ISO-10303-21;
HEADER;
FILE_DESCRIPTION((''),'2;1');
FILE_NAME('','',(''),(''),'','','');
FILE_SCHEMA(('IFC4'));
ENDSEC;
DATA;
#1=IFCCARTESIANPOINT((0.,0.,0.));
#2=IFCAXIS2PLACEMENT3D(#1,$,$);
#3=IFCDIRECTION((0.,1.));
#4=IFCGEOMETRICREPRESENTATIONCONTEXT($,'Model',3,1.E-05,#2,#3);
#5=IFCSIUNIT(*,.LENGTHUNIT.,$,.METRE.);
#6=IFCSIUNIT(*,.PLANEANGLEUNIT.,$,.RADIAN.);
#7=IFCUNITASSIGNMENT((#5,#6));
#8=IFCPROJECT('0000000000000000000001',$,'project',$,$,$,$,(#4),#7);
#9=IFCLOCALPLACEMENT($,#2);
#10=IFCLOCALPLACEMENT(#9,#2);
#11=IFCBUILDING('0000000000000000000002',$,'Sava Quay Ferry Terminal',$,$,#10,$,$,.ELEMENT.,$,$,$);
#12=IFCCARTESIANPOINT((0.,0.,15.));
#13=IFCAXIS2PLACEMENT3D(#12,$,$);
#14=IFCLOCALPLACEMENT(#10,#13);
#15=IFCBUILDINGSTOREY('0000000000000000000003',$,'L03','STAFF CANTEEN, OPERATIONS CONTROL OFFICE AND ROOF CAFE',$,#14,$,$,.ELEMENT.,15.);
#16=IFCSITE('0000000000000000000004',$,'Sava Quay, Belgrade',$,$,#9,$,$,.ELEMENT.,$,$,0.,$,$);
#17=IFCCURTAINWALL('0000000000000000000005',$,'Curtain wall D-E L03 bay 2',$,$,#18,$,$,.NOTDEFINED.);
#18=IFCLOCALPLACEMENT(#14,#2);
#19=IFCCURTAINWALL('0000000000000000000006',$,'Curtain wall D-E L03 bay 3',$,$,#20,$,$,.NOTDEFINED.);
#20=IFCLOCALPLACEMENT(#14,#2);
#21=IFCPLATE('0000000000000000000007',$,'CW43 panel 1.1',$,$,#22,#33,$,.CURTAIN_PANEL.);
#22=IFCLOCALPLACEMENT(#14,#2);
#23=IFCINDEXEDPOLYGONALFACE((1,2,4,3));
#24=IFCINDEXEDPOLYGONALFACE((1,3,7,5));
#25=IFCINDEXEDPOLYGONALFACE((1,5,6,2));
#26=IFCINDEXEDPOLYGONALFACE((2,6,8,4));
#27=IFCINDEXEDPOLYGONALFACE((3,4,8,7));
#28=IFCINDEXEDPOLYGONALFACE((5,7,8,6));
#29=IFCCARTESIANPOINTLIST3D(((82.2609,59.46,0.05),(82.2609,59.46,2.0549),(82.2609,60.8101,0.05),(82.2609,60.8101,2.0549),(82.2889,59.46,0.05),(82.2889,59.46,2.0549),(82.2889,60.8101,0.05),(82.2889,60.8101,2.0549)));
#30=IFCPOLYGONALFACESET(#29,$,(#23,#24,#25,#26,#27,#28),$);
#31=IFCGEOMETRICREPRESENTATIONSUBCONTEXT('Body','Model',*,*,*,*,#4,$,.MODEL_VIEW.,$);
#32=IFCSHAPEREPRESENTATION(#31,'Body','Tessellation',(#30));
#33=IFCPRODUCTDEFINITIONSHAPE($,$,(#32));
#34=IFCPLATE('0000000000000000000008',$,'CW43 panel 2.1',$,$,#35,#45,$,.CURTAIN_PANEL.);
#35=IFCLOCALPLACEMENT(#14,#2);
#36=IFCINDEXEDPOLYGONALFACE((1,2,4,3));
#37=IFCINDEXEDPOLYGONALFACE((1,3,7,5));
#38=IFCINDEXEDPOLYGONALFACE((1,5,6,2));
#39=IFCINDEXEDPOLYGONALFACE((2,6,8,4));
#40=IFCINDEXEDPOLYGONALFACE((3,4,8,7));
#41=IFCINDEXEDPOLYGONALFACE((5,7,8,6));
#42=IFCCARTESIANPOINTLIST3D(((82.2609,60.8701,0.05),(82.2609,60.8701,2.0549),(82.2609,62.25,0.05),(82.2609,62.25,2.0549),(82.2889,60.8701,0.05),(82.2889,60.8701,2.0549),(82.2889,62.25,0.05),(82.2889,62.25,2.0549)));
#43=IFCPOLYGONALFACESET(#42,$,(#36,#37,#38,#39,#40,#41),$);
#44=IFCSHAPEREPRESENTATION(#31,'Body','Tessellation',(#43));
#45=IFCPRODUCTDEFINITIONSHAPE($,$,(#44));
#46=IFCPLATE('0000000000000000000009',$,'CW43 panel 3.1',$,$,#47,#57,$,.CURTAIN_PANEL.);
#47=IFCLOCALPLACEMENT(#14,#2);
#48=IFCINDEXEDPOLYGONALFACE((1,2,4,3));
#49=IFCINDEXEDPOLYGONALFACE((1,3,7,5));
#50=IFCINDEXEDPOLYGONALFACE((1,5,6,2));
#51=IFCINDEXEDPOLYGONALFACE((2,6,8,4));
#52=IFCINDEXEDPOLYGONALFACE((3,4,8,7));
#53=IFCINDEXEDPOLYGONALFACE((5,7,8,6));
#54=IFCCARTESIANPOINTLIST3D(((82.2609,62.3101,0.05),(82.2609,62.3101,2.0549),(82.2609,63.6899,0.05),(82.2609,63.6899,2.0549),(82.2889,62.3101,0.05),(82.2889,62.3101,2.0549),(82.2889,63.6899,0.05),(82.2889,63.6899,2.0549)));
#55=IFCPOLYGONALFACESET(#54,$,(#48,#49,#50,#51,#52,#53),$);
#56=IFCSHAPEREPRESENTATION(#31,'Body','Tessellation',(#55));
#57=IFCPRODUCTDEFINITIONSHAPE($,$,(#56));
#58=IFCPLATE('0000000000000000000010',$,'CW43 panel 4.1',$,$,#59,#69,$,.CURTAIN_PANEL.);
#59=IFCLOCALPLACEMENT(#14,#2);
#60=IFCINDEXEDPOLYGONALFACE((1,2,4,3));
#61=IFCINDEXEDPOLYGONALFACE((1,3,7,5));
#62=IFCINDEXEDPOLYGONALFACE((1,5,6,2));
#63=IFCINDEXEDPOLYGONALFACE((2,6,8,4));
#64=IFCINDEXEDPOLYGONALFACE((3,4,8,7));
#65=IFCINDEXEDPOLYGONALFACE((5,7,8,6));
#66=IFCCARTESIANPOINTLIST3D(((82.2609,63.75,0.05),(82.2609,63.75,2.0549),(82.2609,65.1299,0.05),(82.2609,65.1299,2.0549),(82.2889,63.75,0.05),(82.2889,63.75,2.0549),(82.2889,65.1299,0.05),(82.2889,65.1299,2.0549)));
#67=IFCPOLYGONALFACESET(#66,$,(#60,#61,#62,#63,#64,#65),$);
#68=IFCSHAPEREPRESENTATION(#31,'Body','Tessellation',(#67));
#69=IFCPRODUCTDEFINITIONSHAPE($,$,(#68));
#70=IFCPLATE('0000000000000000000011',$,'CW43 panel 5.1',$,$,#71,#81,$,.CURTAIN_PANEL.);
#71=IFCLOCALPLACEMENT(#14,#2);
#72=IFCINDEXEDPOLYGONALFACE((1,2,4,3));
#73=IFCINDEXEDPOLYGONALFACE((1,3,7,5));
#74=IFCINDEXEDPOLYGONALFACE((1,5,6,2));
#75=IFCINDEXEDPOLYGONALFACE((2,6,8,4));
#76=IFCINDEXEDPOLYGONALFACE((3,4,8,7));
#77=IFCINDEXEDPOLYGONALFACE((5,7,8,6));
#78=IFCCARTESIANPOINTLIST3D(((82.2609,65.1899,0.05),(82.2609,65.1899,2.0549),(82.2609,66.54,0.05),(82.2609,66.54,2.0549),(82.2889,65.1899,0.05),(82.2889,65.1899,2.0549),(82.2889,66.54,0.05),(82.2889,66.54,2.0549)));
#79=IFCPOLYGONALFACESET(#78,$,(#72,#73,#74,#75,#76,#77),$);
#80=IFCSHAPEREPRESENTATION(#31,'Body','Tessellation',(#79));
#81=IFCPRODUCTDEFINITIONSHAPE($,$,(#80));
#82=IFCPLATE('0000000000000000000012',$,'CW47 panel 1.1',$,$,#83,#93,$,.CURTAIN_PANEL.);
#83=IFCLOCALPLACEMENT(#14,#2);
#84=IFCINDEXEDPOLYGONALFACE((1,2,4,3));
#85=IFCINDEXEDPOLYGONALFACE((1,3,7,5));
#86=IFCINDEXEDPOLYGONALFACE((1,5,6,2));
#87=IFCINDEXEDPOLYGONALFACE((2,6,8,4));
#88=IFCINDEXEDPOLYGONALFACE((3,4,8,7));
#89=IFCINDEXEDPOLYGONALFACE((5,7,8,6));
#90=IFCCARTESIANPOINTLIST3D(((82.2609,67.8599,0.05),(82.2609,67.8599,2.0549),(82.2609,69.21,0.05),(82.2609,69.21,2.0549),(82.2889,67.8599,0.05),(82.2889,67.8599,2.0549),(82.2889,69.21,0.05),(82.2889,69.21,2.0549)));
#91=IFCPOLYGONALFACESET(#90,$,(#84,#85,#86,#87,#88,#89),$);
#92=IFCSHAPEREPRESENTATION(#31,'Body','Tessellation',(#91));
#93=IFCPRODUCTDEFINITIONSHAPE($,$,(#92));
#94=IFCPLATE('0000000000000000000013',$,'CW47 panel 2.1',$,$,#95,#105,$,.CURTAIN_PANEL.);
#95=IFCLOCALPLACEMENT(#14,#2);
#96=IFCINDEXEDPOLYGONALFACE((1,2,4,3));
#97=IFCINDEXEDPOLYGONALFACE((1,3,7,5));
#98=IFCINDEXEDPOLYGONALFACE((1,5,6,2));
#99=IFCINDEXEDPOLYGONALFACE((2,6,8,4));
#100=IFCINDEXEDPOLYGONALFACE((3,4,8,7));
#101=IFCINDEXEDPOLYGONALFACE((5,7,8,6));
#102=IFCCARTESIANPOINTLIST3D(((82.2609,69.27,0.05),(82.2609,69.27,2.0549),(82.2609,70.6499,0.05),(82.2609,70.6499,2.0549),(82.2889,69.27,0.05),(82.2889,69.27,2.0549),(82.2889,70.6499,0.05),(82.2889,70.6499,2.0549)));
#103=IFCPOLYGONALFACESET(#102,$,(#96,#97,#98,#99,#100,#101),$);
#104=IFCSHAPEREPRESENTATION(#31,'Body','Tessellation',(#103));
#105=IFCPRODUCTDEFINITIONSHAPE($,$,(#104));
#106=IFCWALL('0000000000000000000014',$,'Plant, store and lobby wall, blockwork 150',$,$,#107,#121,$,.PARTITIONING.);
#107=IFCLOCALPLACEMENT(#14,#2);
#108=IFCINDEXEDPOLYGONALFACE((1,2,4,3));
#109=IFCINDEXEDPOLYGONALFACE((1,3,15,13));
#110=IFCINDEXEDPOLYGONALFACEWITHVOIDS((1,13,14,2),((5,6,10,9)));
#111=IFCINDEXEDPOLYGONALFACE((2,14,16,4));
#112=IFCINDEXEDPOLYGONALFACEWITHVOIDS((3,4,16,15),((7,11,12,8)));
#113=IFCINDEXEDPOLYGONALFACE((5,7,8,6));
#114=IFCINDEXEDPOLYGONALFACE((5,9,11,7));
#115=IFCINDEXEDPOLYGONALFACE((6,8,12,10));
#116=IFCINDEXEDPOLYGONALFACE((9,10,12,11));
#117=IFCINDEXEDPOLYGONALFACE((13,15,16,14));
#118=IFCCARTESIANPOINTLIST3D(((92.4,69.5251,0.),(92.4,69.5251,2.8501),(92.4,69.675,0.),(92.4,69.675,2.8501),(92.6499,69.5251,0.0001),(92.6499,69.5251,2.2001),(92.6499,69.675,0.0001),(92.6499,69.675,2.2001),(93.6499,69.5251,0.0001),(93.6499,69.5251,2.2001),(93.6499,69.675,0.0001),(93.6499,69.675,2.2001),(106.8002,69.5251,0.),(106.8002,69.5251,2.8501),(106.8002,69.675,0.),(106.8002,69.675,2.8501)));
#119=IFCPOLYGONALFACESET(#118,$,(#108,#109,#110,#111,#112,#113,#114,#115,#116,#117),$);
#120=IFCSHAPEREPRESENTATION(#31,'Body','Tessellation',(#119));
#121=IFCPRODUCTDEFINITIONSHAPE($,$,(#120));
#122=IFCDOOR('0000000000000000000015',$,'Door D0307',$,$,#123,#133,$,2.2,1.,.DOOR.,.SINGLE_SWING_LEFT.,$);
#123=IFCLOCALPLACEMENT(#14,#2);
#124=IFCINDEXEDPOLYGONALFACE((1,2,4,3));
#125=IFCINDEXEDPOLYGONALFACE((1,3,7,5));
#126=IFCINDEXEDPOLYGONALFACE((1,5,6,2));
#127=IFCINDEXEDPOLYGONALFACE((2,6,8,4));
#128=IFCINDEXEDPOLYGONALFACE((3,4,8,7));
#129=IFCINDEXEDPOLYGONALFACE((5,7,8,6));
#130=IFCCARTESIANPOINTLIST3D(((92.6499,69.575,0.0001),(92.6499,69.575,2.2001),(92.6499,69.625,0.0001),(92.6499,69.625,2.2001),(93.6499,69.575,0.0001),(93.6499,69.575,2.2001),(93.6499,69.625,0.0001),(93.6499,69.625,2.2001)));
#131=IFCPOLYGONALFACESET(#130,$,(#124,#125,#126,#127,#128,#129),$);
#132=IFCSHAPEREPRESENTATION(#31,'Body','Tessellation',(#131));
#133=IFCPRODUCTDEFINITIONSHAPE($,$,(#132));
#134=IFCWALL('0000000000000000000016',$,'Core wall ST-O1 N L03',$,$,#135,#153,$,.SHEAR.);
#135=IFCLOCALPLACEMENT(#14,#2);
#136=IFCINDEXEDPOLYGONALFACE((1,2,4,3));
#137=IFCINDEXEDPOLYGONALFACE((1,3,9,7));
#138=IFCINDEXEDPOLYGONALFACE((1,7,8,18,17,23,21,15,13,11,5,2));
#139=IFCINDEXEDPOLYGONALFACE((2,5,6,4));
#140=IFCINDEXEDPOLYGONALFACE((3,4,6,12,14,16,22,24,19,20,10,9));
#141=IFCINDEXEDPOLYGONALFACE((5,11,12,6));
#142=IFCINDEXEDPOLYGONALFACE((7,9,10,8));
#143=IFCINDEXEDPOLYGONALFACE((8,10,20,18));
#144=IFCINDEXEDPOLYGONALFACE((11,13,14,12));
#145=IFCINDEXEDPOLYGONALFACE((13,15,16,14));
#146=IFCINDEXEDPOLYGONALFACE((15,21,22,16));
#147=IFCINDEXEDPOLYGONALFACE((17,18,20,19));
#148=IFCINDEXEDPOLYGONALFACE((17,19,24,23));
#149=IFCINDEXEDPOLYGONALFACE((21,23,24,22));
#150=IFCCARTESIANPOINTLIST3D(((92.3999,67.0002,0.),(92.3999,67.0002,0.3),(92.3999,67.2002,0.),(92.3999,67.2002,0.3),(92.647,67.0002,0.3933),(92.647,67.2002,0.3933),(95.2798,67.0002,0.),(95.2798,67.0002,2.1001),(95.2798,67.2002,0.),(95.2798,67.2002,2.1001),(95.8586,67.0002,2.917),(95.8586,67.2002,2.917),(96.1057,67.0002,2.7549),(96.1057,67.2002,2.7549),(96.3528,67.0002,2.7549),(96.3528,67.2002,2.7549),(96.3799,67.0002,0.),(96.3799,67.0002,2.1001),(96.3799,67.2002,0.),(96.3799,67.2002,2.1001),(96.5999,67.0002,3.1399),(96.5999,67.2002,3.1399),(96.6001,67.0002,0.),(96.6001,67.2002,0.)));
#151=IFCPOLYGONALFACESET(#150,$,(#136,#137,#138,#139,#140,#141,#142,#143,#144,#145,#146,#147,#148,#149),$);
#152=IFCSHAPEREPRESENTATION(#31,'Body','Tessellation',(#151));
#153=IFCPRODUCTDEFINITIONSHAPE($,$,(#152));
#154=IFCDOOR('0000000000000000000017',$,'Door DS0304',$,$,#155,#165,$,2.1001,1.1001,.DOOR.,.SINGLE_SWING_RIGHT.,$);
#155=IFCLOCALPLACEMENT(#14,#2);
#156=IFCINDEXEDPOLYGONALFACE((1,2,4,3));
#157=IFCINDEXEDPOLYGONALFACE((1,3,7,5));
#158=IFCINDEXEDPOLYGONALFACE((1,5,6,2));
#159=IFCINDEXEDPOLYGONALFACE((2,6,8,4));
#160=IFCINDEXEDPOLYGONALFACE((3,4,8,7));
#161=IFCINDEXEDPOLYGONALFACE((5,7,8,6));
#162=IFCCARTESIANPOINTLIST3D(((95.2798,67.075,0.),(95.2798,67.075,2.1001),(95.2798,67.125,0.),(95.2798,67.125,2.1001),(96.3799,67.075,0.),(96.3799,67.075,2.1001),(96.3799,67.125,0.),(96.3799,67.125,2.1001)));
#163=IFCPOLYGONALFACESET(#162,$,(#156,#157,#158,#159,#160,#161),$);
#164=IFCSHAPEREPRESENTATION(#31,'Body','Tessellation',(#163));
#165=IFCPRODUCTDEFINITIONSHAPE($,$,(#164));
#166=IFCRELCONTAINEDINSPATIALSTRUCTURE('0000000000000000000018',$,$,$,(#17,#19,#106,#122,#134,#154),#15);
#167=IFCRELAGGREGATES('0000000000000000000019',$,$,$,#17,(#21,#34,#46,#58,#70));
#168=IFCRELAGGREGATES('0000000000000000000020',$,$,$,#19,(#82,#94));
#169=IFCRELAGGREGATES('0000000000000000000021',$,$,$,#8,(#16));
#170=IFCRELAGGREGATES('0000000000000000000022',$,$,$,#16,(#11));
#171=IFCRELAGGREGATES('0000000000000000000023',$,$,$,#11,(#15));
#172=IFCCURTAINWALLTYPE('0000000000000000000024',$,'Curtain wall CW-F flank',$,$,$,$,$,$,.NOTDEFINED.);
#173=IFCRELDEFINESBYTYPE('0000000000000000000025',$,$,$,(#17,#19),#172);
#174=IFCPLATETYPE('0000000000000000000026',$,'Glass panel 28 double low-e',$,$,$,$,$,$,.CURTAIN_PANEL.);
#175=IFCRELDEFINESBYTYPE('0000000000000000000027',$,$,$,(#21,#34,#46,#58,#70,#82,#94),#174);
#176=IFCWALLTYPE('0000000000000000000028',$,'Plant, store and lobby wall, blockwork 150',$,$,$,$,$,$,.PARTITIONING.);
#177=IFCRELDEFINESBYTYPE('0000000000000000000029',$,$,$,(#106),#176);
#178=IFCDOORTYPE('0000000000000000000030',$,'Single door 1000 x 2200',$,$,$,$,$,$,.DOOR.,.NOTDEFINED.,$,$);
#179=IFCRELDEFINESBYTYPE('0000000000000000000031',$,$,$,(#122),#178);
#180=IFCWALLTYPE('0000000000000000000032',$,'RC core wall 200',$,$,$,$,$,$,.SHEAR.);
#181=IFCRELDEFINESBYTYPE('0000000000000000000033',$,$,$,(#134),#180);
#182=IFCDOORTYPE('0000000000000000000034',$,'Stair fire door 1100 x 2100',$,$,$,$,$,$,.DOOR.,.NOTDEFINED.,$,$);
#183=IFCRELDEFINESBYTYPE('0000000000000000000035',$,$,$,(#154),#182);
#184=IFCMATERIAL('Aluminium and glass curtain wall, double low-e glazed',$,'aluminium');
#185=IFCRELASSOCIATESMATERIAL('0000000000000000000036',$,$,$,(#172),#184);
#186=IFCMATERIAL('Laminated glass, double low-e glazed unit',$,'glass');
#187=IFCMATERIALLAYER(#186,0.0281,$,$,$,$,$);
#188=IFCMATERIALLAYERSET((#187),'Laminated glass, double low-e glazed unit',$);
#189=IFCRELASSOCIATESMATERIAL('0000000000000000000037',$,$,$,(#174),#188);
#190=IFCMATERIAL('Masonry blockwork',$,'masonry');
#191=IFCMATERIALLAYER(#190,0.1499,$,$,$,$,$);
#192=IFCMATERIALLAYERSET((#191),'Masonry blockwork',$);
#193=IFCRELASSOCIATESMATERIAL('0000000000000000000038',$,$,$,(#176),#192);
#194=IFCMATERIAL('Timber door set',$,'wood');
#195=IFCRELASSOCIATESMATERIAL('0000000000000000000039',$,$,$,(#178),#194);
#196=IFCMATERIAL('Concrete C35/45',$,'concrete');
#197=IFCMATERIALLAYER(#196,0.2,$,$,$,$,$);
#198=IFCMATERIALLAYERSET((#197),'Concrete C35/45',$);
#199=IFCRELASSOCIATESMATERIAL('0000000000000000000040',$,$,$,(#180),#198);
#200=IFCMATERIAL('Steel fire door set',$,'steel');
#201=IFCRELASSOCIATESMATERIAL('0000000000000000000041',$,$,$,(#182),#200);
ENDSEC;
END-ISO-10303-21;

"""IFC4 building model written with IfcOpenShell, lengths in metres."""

from ifc_helpers import new_model, si_unit, direction, frame, frame_2d, origin, origin_2d, place, context, subcontext, project, spatial, polyline, rectangle, outline, extrude, material, layer, layer_set, type_object, element, fill, aggregate, save


model = new_model("IFC4")

# Units and contexts
model_context = context("Model", 3, precision=1e-05, world=origin(), true_north=direction((0.0, 1.0)))
body_context = subcontext(model_context, "Body", "Model", "MODEL_VIEW")
ifc_project = project(units=[si_unit("LENGTHUNIT", "METRE"), si_unit("PLANEANGLEUNIT", "RADIAN")], contexts=[model_context])

# Site, building, storey
site_placement = place(None, origin())
site = spatial("IfcSite", under=ifc_project, at=site_placement, Name="Sava Quay, Belgrade", CompositionType="ELEMENT", RefElevation=0.0)
building_placement = place(site_placement, origin())
building = spatial("IfcBuilding", under=site, at=building_placement, Name="Sava Quay Ferry Terminal", CompositionType="ELEMENT")
storey_placement = place(building_placement, frame((0.0, 0.0, 15.0)))
storey = spatial("IfcBuildingStorey", under=building, at=storey_placement, Name="L03", Description="STAFF CANTEEN, OPERATIONS CONTROL OFFICE AND ROOF CAFE", CompositionType="ELEMENT", Elevation=15.0)

# Curtain walls
ifc_material_1 = material(Name="Aluminium and glass curtain wall, double low-e glazed", Category="aluminium")
curtain_wall_type = type_object("IfcCurtainWallType", Name="Curtain wall CW-F flank", PredefinedType="NOTDEFINED", material=ifc_material_1)
curtain_wall_1_placement = place(storey_placement, origin())
curtain_wall_1 = element("IfcCurtainWall", 1, at=curtain_wall_1_placement, inside=storey, type_object=curtain_wall_type, Name="Curtain wall D-E L03 bay 2", PredefinedType="NOTDEFINED")
curtain_wall_2_placement = place(storey_placement, origin())
curtain_wall_2 = element("IfcCurtainWall", 2, at=curtain_wall_2_placement, inside=storey, type_object=curtain_wall_type, Name="Curtain wall D-E L03 bay 3", PredefinedType="NOTDEFINED")

# Plates
ifc_material_2 = material(Name="Laminated glass, double low-e glazed unit", Category="glass")
ifc_layer_1 = layer(ifc_material_2, 0.0281)
ifc_layer_set_1 = layer_set([ifc_layer_1], Name="Laminated glass, double low-e glazed unit")
plate_type = type_object("IfcPlateType", Name="Glass panel 28 double low-e", PredefinedType="CURTAIN_PANEL", material=ifc_layer_set_1)
plate_1_placement = place(storey_placement, frame((82.2749, 60.135, 0.05), z_axis=(0.0, 0.0, 1.0), x_axis=(0.0, 1.0, 0.0)))
plate_1 = element("IfcPlate", 3, at=plate_1_placement, type_object=plate_type, Name="CW43 panel 1.1", PredefinedType="CURTAIN_PANEL", context=body_context, shape_type="SweptSolid", body=[
    extrude(rectangle(XDim=1.3501, YDim=0.0281, at=origin_2d()), origin(), (0.0, 0.0, 1.0), 2.0049),
])
plate_2_placement = place(storey_placement, frame((82.2749, 61.5601, 0.05), z_axis=(0.0, 0.0, 1.0), x_axis=(0.0, 1.0, 0.0)))
plate_2 = element("IfcPlate", 4, at=plate_2_placement, type_object=plate_type, Name="CW43 panel 2.1", PredefinedType="CURTAIN_PANEL", context=body_context, shape_type="SweptSolid", body=[
    extrude(rectangle(XDim=1.3799, YDim=0.0281, at=origin_2d()), origin(), (0.0, 0.0, 1.0), 2.0049),
])
plate_3_placement = place(storey_placement, frame((82.2749, 63.0, 0.05), z_axis=(0.0, 0.0, 1.0), x_axis=(0.0, 1.0, 0.0)))
plate_3 = element("IfcPlate", 5, at=plate_3_placement, type_object=plate_type, Name="CW43 panel 3.1", PredefinedType="CURTAIN_PANEL", context=body_context, shape_type="SweptSolid", body=[
    extrude(rectangle(XDim=1.3799, YDim=0.0281, at=origin_2d()), origin(), (0.0, 0.0, 1.0), 2.0049),
])
plate_4_placement = place(storey_placement, frame((82.2749, 64.4399, 0.05), z_axis=(0.0, 0.0, 1.0), x_axis=(0.0, 1.0, 0.0)))
plate_4 = element("IfcPlate", 6, at=plate_4_placement, type_object=plate_type, Name="CW43 panel 4.1", PredefinedType="CURTAIN_PANEL", context=body_context, shape_type="SweptSolid", body=[
    extrude(rectangle(XDim=1.3799, YDim=0.0281, at=origin_2d()), origin(), (0.0, 0.0, 1.0), 2.0049),
])
plate_5_placement = place(storey_placement, frame((82.2749, 65.865, 0.05), z_axis=(0.0, 0.0, 1.0), x_axis=(0.0, 1.0, 0.0)))
plate_5 = element("IfcPlate", 7, at=plate_5_placement, type_object=plate_type, Name="CW43 panel 5.1", PredefinedType="CURTAIN_PANEL", context=body_context, shape_type="SweptSolid", body=[
    extrude(rectangle(XDim=1.3501, YDim=0.0281, at=origin_2d()), origin(), (0.0, 0.0, 1.0), 2.0049),
])
aggregate(curtain_wall_1, [plate_1, plate_2, plate_3, plate_4, plate_5])
plate_6_placement = place(storey_placement, frame((82.2749, 68.5349, 0.05), z_axis=(0.0, 0.0, 1.0), x_axis=(0.0, 1.0, 0.0)))
plate_6 = element("IfcPlate", 8, at=plate_6_placement, type_object=plate_type, Name="CW47 panel 1.1", PredefinedType="CURTAIN_PANEL", context=body_context, shape_type="SweptSolid", body=[
    extrude(rectangle(XDim=1.3501, YDim=0.0281, at=origin_2d()), origin(), (0.0, 0.0, 1.0), 2.0049),
])
plate_7_placement = place(storey_placement, frame((82.2749, 69.96, 0.05), z_axis=(0.0, 0.0, 1.0), x_axis=(0.0, 1.0, 0.0)))
plate_7 = element("IfcPlate", 9, at=plate_7_placement, type_object=plate_type, Name="CW47 panel 2.1", PredefinedType="CURTAIN_PANEL", context=body_context, shape_type="SweptSolid", body=[
    extrude(rectangle(XDim=1.3799, YDim=0.0281, at=origin_2d()), origin(), (0.0, 0.0, 1.0), 2.0049),
])
aggregate(curtain_wall_2, [plate_6, plate_7])

# Walls, openings, doors
ifc_material_3 = material(Name="Masonry blockwork", Category="masonry")
ifc_layer_2 = layer(ifc_material_3, 0.1499)
ifc_layer_set_2 = layer_set([ifc_layer_2], Name="Masonry blockwork")
wall_type_1 = type_object("IfcWallType", Name="Plant, store and lobby wall, blockwork 150", PredefinedType="PARTITIONING", material=ifc_layer_set_2)
wall_1_placement = place(storey_placement, frame((92.3999, 69.6001, 0.0), z_axis=(0.0, 0.0, 1.0), x_axis=(1.0, 0.0, 0.0)))
wall_1 = element("IfcWall", 10, at=wall_1_placement, inside=storey, type_object=wall_type_1, Name="Plant, store and lobby wall, blockwork 150", PredefinedType="PARTITIONING", context=body_context, shape_type="SweptSolid", body=[
    extrude(rectangle(XDim=14.4001, YDim=0.1499, at=frame_2d((7.2002, 0.0))), origin(), (0.0, 0.0, 1.0), 2.8501),
])
opening_1_placement = place(wall_1_placement, frame((0.25, 0.0, 0.0)))
opening_1 = element("IfcOpeningElement", 11, at=opening_1_placement, cuts=wall_1, PredefinedType="OPENING", context=body_context, shape_type="SweptSolid", body=[
    extrude(rectangle(XDim=1.0, YDim=2.2, at=frame_2d((0.5, 1.1001))), frame((0.0, 0.075, 0.0), z_axis=(0.0, -1.0, 0.0), x_axis=(1.0, 0.0, 0.0)), (0.0, 0.0, 1.0), 0.1499),
])
ifc_material_4 = material(Name="Timber door set", Category="wood")
door_type_1 = type_object("IfcDoorType", Name="Single door 1000 x 2200", OperationType="NOTDEFINED", PredefinedType="DOOR", material=ifc_material_4)
door_1_placement = place(opening_1_placement, origin())
door_1 = element("IfcDoor", 12, at=door_1_placement, inside=storey, type_object=door_type_1, Name="Door D0307", OperationType="SINGLE_SWING_LEFT", OverallHeight=2.2, OverallWidth=1.0, PredefinedType="DOOR", context=body_context, shape_type="SweptSolid", body=[
    extrude(rectangle(XDim=1.0, YDim=2.2, at=frame_2d((0.5, 1.1001))), frame((0.0, 0.0249, 0.0), z_axis=(0.0, -1.0, 0.0), x_axis=(1.0, 0.0, 0.0)), (0.0, 0.0, 1.0), 0.05),
])
fill(opening_1, door_1)
ifc_material_5 = material(Name="Concrete C35/45", Category="concrete")
ifc_layer_3 = layer(ifc_material_5, 0.2)
ifc_layer_set_3 = layer_set([ifc_layer_3], Name="Concrete C35/45")
wall_type_2 = type_object("IfcWallType", Name="RC core wall 200", PredefinedType="SHEAR", material=ifc_layer_set_3)
wall_2_placement = place(storey_placement, frame((92.3999, 67.1001, 0.0), z_axis=(0.0, 0.0, 1.0), x_axis=(1.0, 0.0, 0.0)))
wall_2 = element("IfcWall", 13, at=wall_2_placement, inside=storey, type_object=wall_type_2, Name="Core wall ST-O1 N L03", PredefinedType="SHEAR", context=body_context, shape_type="SweptSolid", body=[
    extrude(outline(polyline([(0.0, 0.0), (4.2002, 0.0), (4.2, 3.1399), (3.9529, 2.7549), (3.7058, 2.7549), (3.4587, 2.917), (0.2471, 0.3933), (0.0, 0.3), (0.0, 0.0)])), frame((0.0, 0.1001, 0.0), z_axis=(0.0, -1.0, 0.0), x_axis=(1.0, 0.0, 0.0)), (0.0, 0.0, 1.0), 0.2),
])
opening_2_placement = place(wall_2_placement, frame((2.8799, 0.0, 0.0)))
opening_2 = element("IfcOpeningElement", 14, at=opening_2_placement, cuts=wall_2, PredefinedType="OPENING", context=body_context, shape_type="SweptSolid", body=[
    extrude(rectangle(XDim=1.1001, YDim=2.1001, at=frame_2d((0.55, 1.05))), frame((0.0, 0.1001, 0.0), z_axis=(0.0, -1.0, 0.0), x_axis=(1.0, 0.0, 0.0)), (0.0, 0.0, 1.0), 0.2),
])
ifc_material_6 = material(Name="Steel fire door set", Category="steel")
door_type_2 = type_object("IfcDoorType", Name="Stair fire door 1100 x 2100", OperationType="NOTDEFINED", PredefinedType="DOOR", material=ifc_material_6)
door_2_placement = place(opening_2_placement, origin())
door_2 = element("IfcDoor", 15, at=door_2_placement, inside=storey, type_object=door_type_2, Name="Door DS0304", OperationType="SINGLE_SWING_RIGHT", OverallHeight=2.1001, OverallWidth=1.1001, PredefinedType="DOOR", context=body_context, shape_type="SweptSolid", body=[
    extrude(rectangle(XDim=1.1001, YDim=2.1001, at=frame_2d((0.55, 1.05))), frame((0.0, 0.0249, 0.0), z_axis=(0.0, -1.0, 0.0), x_axis=(1.0, 0.0, 0.0)), (0.0, 0.0, 1.0), 0.05),
])
fill(opening_2, door_2)

save(model, "model.ifc")
